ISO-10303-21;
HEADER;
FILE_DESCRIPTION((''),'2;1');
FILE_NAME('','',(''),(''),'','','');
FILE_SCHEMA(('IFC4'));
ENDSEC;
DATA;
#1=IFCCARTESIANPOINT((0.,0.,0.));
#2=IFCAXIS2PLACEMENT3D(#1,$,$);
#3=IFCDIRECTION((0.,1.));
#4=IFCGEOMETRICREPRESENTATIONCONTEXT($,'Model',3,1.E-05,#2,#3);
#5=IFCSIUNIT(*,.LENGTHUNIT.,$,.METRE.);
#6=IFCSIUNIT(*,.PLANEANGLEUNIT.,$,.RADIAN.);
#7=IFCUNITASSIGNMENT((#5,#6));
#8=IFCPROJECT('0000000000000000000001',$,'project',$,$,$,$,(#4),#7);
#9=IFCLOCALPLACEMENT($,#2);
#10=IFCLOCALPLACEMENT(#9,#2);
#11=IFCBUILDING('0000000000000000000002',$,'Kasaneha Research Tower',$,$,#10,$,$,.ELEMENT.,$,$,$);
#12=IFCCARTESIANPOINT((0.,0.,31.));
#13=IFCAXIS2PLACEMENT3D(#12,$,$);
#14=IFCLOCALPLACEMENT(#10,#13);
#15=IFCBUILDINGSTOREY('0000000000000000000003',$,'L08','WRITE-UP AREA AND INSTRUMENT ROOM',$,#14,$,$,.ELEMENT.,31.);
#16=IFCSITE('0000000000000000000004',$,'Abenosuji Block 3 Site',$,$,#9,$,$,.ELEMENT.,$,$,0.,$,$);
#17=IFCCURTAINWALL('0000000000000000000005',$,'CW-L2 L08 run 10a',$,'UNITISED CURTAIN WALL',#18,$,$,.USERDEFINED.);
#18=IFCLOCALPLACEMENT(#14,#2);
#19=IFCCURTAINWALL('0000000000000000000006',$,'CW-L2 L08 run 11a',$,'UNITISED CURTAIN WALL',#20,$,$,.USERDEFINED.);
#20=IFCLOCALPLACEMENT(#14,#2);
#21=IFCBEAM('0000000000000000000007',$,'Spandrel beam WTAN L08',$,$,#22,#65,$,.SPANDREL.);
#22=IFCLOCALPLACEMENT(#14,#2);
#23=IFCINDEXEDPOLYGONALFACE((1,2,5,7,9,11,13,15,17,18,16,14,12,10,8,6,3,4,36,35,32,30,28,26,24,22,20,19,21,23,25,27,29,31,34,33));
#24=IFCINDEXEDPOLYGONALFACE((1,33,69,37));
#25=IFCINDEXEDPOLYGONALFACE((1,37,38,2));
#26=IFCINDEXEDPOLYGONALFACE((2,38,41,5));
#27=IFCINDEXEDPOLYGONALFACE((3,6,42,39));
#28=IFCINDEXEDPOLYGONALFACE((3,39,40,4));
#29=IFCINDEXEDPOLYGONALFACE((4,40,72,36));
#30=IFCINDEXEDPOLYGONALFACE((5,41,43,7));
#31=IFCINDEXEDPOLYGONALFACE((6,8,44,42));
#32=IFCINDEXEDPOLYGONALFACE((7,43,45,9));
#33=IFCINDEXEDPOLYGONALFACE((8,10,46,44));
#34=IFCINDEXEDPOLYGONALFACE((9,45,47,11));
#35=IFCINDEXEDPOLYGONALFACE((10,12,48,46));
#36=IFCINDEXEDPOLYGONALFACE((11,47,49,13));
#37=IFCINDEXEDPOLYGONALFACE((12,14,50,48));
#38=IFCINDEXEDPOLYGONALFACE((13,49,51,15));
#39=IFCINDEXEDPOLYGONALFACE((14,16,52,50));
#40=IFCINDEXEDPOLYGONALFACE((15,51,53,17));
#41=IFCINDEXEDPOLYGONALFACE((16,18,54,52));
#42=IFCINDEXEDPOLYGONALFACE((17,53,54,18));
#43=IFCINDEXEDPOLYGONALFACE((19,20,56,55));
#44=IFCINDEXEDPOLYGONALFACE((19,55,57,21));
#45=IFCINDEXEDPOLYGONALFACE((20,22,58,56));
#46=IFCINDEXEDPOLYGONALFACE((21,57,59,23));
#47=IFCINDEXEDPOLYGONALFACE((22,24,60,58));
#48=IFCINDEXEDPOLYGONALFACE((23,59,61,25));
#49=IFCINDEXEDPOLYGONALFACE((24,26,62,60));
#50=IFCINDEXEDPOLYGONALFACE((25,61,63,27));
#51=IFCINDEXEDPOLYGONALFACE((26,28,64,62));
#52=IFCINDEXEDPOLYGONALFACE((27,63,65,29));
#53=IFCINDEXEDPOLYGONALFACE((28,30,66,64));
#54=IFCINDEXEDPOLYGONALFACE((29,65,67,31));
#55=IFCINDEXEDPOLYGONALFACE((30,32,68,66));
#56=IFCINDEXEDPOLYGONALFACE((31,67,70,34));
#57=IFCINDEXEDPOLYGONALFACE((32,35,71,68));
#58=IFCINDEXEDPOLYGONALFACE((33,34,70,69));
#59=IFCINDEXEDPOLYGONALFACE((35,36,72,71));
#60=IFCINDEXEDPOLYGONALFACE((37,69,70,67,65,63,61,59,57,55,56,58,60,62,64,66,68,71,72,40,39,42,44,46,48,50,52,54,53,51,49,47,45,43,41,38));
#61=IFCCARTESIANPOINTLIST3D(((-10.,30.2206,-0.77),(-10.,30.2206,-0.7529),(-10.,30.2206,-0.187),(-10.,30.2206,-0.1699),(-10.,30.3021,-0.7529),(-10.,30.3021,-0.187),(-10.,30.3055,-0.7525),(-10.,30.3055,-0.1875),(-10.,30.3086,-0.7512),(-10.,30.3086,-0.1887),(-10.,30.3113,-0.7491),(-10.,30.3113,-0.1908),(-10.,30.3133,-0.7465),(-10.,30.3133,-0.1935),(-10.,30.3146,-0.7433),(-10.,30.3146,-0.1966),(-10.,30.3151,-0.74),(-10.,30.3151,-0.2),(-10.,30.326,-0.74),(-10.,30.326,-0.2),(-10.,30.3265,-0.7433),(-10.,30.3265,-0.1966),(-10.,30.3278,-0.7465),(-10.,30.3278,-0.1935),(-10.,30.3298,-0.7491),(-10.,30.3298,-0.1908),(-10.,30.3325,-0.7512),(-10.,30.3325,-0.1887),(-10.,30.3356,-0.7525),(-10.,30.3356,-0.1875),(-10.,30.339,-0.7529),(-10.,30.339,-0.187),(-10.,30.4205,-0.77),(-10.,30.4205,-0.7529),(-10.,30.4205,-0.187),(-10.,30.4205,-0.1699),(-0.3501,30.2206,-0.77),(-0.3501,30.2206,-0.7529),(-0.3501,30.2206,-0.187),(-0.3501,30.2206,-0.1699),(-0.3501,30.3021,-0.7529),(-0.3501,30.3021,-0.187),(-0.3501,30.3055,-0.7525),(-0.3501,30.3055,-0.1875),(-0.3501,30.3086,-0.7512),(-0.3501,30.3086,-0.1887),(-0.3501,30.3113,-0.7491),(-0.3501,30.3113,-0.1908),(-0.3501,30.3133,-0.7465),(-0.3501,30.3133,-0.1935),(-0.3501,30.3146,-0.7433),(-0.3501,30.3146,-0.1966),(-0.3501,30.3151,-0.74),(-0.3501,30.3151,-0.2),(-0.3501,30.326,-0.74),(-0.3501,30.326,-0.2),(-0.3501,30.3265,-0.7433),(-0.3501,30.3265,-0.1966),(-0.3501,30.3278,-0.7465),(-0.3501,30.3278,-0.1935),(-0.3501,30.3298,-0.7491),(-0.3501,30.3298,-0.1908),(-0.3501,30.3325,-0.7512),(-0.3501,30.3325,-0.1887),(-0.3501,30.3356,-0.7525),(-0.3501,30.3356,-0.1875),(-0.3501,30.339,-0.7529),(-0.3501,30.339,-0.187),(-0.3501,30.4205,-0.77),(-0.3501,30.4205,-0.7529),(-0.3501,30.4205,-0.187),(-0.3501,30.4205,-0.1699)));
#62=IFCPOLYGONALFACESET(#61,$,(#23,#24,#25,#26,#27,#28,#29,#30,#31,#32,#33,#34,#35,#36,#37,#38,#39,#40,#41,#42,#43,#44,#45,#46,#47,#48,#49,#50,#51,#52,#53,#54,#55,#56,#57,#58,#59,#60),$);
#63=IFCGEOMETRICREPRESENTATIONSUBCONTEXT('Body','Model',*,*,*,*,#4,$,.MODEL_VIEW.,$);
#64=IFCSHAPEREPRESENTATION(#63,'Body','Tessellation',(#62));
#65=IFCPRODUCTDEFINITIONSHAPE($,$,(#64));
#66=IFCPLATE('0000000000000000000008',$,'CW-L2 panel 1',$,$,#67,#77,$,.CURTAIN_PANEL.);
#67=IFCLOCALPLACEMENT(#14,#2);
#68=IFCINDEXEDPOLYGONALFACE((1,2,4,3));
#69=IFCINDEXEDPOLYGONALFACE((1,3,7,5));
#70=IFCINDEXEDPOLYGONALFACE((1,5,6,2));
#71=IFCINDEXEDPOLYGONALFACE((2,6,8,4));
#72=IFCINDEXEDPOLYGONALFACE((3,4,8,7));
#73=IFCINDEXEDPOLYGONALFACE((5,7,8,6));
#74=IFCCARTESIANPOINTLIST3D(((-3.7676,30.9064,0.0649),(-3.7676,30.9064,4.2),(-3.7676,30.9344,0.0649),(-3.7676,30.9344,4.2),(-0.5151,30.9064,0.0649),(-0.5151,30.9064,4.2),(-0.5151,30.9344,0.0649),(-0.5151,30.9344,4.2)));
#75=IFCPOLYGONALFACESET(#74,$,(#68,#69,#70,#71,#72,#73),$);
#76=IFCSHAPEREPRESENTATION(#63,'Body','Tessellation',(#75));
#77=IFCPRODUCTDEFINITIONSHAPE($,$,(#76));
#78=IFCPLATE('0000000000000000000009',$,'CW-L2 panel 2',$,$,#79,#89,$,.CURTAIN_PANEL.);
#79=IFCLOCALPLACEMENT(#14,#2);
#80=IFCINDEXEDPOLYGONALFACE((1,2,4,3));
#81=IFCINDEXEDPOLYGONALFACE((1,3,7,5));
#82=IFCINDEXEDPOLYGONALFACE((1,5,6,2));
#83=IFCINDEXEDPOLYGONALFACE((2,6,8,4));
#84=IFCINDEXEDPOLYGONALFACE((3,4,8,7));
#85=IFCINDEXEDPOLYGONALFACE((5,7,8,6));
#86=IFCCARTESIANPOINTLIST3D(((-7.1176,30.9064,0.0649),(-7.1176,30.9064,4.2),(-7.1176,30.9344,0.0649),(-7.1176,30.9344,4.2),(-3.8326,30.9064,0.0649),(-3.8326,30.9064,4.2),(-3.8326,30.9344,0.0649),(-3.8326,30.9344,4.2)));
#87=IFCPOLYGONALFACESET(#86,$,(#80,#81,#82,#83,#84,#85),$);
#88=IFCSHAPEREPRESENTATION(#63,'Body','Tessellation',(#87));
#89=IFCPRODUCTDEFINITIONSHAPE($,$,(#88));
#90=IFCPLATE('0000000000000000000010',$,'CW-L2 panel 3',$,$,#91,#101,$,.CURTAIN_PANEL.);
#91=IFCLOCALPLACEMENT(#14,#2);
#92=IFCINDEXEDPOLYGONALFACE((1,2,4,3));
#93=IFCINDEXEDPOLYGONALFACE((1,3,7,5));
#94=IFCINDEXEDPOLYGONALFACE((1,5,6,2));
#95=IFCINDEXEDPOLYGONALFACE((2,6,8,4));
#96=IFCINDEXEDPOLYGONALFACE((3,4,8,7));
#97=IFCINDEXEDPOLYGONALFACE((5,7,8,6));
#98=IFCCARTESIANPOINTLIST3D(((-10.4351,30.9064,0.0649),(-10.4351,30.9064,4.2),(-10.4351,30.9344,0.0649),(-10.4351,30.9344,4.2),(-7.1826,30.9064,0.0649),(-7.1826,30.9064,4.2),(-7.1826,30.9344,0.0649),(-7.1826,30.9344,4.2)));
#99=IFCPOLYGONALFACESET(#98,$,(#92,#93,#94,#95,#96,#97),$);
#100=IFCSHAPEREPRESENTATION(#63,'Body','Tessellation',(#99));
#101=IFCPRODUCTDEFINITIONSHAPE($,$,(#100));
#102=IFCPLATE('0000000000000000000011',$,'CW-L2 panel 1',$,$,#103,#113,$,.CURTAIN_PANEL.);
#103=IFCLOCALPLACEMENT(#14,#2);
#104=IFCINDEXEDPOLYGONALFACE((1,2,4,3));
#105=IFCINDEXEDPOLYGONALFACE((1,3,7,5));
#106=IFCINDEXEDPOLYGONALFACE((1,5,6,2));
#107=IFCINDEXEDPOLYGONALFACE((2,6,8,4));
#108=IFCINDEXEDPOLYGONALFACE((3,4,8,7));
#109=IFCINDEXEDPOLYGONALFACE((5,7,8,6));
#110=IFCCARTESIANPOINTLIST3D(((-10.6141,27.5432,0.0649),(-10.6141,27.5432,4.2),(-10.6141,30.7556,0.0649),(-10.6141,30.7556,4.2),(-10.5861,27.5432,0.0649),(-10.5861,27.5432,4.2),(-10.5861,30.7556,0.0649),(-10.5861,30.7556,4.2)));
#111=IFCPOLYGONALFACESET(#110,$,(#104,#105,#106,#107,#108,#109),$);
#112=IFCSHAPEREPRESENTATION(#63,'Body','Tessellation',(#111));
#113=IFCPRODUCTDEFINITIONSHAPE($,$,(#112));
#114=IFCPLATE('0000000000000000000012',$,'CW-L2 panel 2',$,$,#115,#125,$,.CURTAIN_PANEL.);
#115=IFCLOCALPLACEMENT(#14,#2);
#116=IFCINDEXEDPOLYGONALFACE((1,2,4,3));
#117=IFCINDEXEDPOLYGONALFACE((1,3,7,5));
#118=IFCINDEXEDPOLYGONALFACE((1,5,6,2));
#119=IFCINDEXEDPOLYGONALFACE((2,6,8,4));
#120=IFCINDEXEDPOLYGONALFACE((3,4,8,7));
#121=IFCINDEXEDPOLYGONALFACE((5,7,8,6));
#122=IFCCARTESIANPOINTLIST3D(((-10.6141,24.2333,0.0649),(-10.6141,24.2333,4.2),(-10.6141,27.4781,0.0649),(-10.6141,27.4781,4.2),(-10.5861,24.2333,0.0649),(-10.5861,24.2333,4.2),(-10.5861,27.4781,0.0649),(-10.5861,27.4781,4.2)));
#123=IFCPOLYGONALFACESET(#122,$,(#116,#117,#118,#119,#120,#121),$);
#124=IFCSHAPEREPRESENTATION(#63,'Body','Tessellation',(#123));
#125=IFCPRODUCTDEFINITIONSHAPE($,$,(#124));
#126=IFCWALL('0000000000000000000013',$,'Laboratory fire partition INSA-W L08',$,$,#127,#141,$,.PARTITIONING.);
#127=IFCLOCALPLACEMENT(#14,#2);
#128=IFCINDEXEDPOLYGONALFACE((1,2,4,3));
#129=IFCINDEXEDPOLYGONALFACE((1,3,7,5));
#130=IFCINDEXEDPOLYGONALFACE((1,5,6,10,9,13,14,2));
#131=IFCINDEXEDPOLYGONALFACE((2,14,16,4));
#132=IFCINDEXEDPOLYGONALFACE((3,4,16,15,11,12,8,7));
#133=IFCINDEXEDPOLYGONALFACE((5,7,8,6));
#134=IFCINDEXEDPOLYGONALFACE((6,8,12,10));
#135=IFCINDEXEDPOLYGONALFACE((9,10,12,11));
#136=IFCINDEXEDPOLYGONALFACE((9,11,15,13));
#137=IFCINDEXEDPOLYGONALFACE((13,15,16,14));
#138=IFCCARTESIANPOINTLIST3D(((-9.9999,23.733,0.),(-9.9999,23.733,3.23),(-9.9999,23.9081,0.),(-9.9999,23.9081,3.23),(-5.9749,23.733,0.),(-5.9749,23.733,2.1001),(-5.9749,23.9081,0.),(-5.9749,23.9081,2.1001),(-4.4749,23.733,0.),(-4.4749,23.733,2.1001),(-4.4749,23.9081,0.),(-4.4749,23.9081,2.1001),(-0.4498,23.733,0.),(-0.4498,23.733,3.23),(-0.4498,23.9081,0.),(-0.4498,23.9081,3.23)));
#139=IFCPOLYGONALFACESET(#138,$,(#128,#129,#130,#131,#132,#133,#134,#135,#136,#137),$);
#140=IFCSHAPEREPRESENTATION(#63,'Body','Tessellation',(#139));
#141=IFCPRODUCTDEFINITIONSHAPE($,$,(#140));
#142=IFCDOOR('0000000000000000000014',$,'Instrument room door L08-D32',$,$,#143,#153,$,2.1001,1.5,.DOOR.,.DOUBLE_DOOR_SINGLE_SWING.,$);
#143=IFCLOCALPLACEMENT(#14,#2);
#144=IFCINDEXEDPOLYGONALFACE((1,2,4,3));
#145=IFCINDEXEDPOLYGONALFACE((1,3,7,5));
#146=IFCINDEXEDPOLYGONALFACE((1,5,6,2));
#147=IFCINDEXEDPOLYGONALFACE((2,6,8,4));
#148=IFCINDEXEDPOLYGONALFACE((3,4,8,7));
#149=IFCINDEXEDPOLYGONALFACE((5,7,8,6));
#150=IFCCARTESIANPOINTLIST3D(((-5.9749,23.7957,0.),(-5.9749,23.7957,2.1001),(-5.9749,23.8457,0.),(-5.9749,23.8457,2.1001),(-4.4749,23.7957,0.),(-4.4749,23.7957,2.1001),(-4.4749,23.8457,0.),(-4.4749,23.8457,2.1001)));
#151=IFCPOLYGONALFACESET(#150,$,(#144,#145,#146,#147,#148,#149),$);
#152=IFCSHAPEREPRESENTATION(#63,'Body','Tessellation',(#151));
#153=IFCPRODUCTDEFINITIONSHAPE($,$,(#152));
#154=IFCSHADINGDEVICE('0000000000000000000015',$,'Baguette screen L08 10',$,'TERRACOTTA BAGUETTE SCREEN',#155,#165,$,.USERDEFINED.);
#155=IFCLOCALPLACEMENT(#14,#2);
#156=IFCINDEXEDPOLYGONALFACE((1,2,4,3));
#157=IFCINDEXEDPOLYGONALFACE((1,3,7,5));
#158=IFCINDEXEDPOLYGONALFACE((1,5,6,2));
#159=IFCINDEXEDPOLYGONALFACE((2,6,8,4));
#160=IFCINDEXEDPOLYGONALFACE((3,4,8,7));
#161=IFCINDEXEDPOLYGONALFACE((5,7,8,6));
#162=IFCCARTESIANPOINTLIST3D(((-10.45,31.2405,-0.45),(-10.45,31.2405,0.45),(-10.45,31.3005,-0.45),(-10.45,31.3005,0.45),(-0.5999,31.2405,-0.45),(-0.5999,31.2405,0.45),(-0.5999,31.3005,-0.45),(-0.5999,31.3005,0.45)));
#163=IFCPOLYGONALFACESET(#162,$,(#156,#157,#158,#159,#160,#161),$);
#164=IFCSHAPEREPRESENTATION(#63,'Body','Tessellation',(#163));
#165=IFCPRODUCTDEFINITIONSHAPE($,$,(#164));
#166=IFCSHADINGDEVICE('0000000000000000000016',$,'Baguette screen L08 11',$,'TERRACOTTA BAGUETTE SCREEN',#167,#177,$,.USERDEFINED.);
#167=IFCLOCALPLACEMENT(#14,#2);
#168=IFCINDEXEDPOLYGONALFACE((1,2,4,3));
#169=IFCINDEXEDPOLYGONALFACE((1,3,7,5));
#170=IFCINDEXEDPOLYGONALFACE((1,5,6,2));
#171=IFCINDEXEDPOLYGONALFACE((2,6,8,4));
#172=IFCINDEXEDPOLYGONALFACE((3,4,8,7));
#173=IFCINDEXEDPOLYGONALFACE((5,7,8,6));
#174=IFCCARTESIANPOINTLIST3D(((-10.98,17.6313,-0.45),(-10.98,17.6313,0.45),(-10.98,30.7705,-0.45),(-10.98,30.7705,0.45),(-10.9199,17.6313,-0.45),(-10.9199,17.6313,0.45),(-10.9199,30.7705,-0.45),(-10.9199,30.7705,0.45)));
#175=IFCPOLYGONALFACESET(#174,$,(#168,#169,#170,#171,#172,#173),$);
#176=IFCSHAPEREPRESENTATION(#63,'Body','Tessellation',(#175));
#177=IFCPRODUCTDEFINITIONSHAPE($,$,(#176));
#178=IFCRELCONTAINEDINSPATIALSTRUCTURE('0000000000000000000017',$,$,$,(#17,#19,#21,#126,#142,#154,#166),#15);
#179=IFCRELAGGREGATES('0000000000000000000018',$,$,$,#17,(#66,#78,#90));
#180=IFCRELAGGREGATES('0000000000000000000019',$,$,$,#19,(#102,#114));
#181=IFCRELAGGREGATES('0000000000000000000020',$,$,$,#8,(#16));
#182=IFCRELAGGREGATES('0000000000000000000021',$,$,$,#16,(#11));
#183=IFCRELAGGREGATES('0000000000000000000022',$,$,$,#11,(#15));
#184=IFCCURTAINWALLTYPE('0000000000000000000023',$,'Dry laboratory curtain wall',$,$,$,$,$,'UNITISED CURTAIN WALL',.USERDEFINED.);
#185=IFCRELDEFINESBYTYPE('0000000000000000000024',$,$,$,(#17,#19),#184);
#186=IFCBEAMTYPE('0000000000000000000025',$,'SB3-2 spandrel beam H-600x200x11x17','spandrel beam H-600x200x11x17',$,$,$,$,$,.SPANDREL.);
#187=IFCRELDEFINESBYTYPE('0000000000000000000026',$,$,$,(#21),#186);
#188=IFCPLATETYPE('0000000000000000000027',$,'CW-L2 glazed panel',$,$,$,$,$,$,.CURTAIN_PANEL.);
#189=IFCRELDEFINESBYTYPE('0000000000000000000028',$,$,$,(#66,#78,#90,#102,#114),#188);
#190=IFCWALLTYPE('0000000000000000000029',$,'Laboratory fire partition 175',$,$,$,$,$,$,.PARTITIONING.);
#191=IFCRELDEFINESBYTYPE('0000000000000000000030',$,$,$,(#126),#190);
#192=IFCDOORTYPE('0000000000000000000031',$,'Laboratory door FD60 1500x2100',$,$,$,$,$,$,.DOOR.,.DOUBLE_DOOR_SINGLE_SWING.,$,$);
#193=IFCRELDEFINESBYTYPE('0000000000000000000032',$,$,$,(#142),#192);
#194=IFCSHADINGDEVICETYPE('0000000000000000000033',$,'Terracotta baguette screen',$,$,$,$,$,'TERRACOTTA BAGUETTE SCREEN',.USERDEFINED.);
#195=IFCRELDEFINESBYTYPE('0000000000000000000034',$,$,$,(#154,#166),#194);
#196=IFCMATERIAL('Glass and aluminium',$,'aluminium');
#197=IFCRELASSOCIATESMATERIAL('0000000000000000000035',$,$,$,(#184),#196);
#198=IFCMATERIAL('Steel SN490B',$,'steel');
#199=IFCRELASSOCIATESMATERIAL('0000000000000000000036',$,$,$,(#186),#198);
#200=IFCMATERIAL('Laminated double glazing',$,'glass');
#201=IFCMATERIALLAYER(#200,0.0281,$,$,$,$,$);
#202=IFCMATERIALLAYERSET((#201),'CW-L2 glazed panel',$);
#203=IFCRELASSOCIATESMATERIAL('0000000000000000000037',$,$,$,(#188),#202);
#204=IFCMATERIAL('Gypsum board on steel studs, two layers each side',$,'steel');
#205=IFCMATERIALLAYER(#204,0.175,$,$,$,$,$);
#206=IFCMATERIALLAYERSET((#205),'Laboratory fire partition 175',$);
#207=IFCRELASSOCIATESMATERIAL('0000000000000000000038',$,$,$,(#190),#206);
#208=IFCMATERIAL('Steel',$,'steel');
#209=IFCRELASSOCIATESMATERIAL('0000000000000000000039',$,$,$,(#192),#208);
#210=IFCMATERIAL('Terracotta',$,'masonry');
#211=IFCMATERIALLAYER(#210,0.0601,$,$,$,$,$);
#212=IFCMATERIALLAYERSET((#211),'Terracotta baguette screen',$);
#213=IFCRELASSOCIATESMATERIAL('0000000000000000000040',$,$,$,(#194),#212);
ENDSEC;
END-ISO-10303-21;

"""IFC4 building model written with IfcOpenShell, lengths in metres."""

from ifc_helpers import new_model, si_unit, direction, frame, frame_2d, origin, origin_2d, place, context, subcontext, project, spatial, rectangle, i_section, extrude, material, layer, layer_set, material_profile, profile_set, type_object, element, fill, aggregate, save


model = new_model("IFC4")

# Units and contexts
model_context = context("Model", 3, precision=1e-05, world=origin(), true_north=direction((0.0, 1.0)))
body_context = subcontext(model_context, "Body", "Model", "MODEL_VIEW")
ifc_project = project(units=[si_unit("LENGTHUNIT", "METRE"), si_unit("PLANEANGLEUNIT", "RADIAN")], contexts=[model_context])

# Site, building, storey
site_placement = place(None, origin())
site = spatial("IfcSite", under=ifc_project, at=site_placement, Name="Abenosuji Block 3 Site", CompositionType="ELEMENT", RefElevation=0.0)
building_placement = place(site_placement, origin())
building = spatial("IfcBuilding", under=site, at=building_placement, Name="Kasaneha Research Tower", CompositionType="ELEMENT")
storey_placement = place(building_placement, frame((0.0, 0.0, 31.0)))
storey = spatial("IfcBuildingStorey", under=building, at=storey_placement, Name="L08", Description="WRITE-UP AREA AND INSTRUMENT ROOM", CompositionType="ELEMENT", Elevation=31.0)

# Curtain walls
ifc_material_1 = material(Name="Glass and aluminium", Category="aluminium")
curtain_wall_type = type_object("IfcCurtainWallType", Name="Dry laboratory curtain wall", ElementType="UNITISED CURTAIN WALL", PredefinedType="USERDEFINED", material=ifc_material_1)
curtain_wall_1_placement = place(storey_placement, origin())
curtain_wall_1 = element("IfcCurtainWall", 1, at=curtain_wall_1_placement, inside=storey, type_object=curtain_wall_type, Name="CW-L2 L08 run 10a", ObjectType="UNITISED CURTAIN WALL", PredefinedType="USERDEFINED")
curtain_wall_2_placement = place(storey_placement, origin())
curtain_wall_2 = element("IfcCurtainWall", 2, at=curtain_wall_2_placement, inside=storey, type_object=curtain_wall_type, Name="CW-L2 L08 run 11a", ObjectType="UNITISED CURTAIN WALL", PredefinedType="USERDEFINED")

# Beam
ifc_material_2 = material(Name="Steel SN490B", Category="steel")
ifc_material_profile_1 = material_profile(ifc_material_2, i_section(OverallWidth=0.2, OverallDepth=0.6001, WebThickness=0.011, FlangeThickness=0.0171, FilletRadius=0.0129, at=origin_2d()), Name="H-600x200x11x17")
ifc_profile_set_1 = profile_set([ifc_material_profile_1], Name="Steel SN490B")
beam_type_1 = type_object("IfcBeamType", Name="SB3-2 spandrel beam H-600x200x11x17", Description="spandrel beam H-600x200x11x17", PredefinedType="SPANDREL", material=ifc_profile_set_1)
beam_1_placement = place(storey_placement, frame((-10.0, 30.3206, -0.47), z_axis=(1.0, 0.0, 0.0), x_axis=(0.0, 1.0, 0.0)))
element("IfcBeam", 3, at=beam_1_placement, inside=storey, type_object=beam_type_1, Name="Spandrel beam WTAN L08", PredefinedType="SPANDREL", context=body_context, shape_type="SweptSolid", body=[
    extrude(i_section(OverallWidth=0.2, OverallDepth=0.6001, WebThickness=0.011, FlangeThickness=0.0171, FilletRadius=0.0129, at=origin_2d()), origin(), (0.0, 0.0, 1.0), 9.6499),
])

# Plates
ifc_material_3 = material(Name="Laminated double glazing", Category="glass")
ifc_layer_1 = layer(ifc_material_3, 0.0281)
ifc_layer_set_1 = layer_set([ifc_layer_1], Name="CW-L2 glazed panel")
plate_type = type_object("IfcPlateType", Name="CW-L2 glazed panel", PredefinedType="CURTAIN_PANEL", material=ifc_layer_set_1)
plate_1_placement = place(storey_placement, frame((-2.1414, 30.9204, 0.0649), z_axis=(0.0, 0.0, 1.0), x_axis=(-1.0, 0.0, 0.0)))
plate_1 = element("IfcPlate", 4, at=plate_1_placement, type_object=plate_type, Name="CW-L2 panel 1", PredefinedType="CURTAIN_PANEL", context=body_context, shape_type="SweptSolid", body=[
    extrude(rectangle(XDim=3.2524, YDim=0.0281, at=origin_2d()), origin(), (0.0, 0.0, 1.0), 4.135),
])
plate_2_placement = place(storey_placement, frame((-5.4751, 30.9204, 0.0649), z_axis=(0.0, 0.0, 1.0), x_axis=(-1.0, 0.0, 0.0)))
plate_2 = element("IfcPlate", 5, at=plate_2_placement, type_object=plate_type, Name="CW-L2 panel 2", PredefinedType="CURTAIN_PANEL", context=body_context, shape_type="SweptSolid", body=[
    extrude(rectangle(XDim=3.2849, YDim=0.0281, at=origin_2d()), origin(), (0.0, 0.0, 1.0), 4.135),
])
plate_3_placement = place(storey_placement, frame((-8.8088, 30.9204, 0.0649), z_axis=(0.0, 0.0, 1.0), x_axis=(-1.0, 0.0, 0.0)))
plate_3 = element("IfcPlate", 6, at=plate_3_placement, type_object=plate_type, Name="CW-L2 panel 3", PredefinedType="CURTAIN_PANEL", context=body_context, shape_type="SweptSolid", body=[
    extrude(rectangle(XDim=3.2524, YDim=0.0281, at=origin_2d()), origin(), (0.0, 0.0, 1.0), 4.135),
])
aggregate(curtain_wall_1, [plate_1, plate_2, plate_3])
plate_4_placement = place(storey_placement, frame((-10.6001, 29.1494, 0.0649), z_axis=(0.0, 0.0, 1.0), x_axis=(0.0, -1.0, 0.0)))
plate_4 = element("IfcPlate", 7, at=plate_4_placement, type_object=plate_type, Name="CW-L2 panel 1", PredefinedType="CURTAIN_PANEL", context=body_context, shape_type="SweptSolid", body=[
    extrude(rectangle(XDim=3.2124, YDim=0.0281, at=origin_2d()), origin(), (0.0, 0.0, 1.0), 4.135),
])
plate_5_placement = place(storey_placement, frame((-10.6001, 25.8557, 0.0649), z_axis=(0.0, 0.0, 1.0), x_axis=(0.0, -1.0, 0.0)))
plate_5 = element("IfcPlate", 8, at=plate_5_placement, type_object=plate_type, Name="CW-L2 panel 2", PredefinedType="CURTAIN_PANEL", context=body_context, shape_type="SweptSolid", body=[
    extrude(rectangle(XDim=3.2449, YDim=0.0281, at=origin_2d()), origin(), (0.0, 0.0, 1.0), 4.135),
])
aggregate(curtain_wall_2, [plate_4, plate_5])

# Wall, opening, door
ifc_material_4 = material(Name="Gypsum board on steel studs, two layers each side", Category="steel")
ifc_layer_2 = layer(ifc_material_4, 0.175)
ifc_layer_set_2 = layer_set([ifc_layer_2], Name="Laboratory fire partition 175")
wall_type = type_object("IfcWallType", Name="Laboratory fire partition 175", PredefinedType="PARTITIONING", material=ifc_layer_set_2)
wall_placement = place(storey_placement, frame((-0.45, 23.8206, 0.0), z_axis=(0.0, 0.0, 1.0), x_axis=(-1.0, 0.0, 0.0)))
wall = element("IfcWall", 9, at=wall_placement, inside=storey, type_object=wall_type, Name="Laboratory fire partition INSA-W L08", PredefinedType="PARTITIONING", context=body_context, shape_type="SweptSolid", body=[
    extrude(rectangle(XDim=9.55, YDim=0.175, at=frame_2d((4.7749, 0.0))), origin(), (0.0, 0.0, 1.0), 3.23),
])
opening_placement = place(wall_placement, frame((4.0249, 0.0, 0.0)))
opening = element("IfcOpeningElement", 10, at=opening_placement, cuts=wall, PredefinedType="OPENING", context=body_context, shape_type="SweptSolid", body=[
    extrude(rectangle(XDim=1.5, YDim=2.1001, at=frame_2d((0.75, 1.05))), frame((0.0, 0.0977, 0.0), z_axis=(0.0, -1.0, 0.0), x_axis=(1.0, 0.0, 0.0)), (0.0, 0.0, 1.0), 0.1951),
])
ifc_material_5 = material(Name="Steel", Category="steel")
door_type = type_object("IfcDoorType", Name="Laboratory door FD60 1500x2100", OperationType="DOUBLE_DOOR_SINGLE_SWING", PredefinedType="DOOR", material=ifc_material_5)
door_placement = place(opening_placement, origin())
door = element("IfcDoor", 11, at=door_placement, inside=storey, type_object=door_type, Name="Instrument room door L08-D32", OperationType="DOUBLE_DOOR_SINGLE_SWING", OverallHeight=2.1001, OverallWidth=1.5, PredefinedType="DOOR", context=body_context, shape_type="SweptSolid", body=[
    extrude(rectangle(XDim=1.5, YDim=2.1001, at=frame_2d((0.75, 1.05))), frame((0.0, 0.0249, 0.0), z_axis=(0.0, -1.0, 0.0), x_axis=(1.0, 0.0, 0.0)), (0.0, 0.0, 1.0), 0.05),
])
fill(opening, door)

# Shading devices
ifc_material_6 = material(Name="Terracotta", Category="masonry")
ifc_layer_3 = layer(ifc_material_6, 0.0601)
ifc_layer_set_3 = layer_set([ifc_layer_3], Name="Terracotta baguette screen")
shading_device_type = type_object("IfcShadingDeviceType", Name="Terracotta baguette screen", ElementType="TERRACOTTA BAGUETTE SCREEN", PredefinedType="USERDEFINED", material=ifc_layer_set_3)
shading_device_1_placement = place(storey_placement, frame((-5.5249, 31.2705, -0.45), z_axis=(0.0, 0.0, 1.0), x_axis=(-1.0, 0.0, 0.0)))
element("IfcShadingDevice", 12, at=shading_device_1_placement, inside=storey, type_object=shading_device_type, Name="Baguette screen L08 10", ObjectType="TERRACOTTA BAGUETTE SCREEN", PredefinedType="USERDEFINED", context=body_context, shape_type="SweptSolid", body=[
    extrude(rectangle(XDim=9.8501, YDim=0.0601, at=origin_2d()), origin(), (0.0, 0.0, 1.0), 0.8999),
])
shading_device_2_placement = place(storey_placement, frame((-10.95, 24.2009, -0.45), z_axis=(0.0, 0.0, 1.0), x_axis=(0.0, -1.0, 0.0)))
element("IfcShadingDevice", 13, at=shading_device_2_placement, inside=storey, type_object=shading_device_type, Name="Baguette screen L08 11", ObjectType="TERRACOTTA BAGUETTE SCREEN", PredefinedType="USERDEFINED", context=body_context, shape_type="SweptSolid", body=[
    extrude(rectangle(XDim=13.1392, YDim=0.0601, at=origin_2d()), origin(), (0.0, 0.0, 1.0), 0.8999),
])

save(model, "model.ifc")
